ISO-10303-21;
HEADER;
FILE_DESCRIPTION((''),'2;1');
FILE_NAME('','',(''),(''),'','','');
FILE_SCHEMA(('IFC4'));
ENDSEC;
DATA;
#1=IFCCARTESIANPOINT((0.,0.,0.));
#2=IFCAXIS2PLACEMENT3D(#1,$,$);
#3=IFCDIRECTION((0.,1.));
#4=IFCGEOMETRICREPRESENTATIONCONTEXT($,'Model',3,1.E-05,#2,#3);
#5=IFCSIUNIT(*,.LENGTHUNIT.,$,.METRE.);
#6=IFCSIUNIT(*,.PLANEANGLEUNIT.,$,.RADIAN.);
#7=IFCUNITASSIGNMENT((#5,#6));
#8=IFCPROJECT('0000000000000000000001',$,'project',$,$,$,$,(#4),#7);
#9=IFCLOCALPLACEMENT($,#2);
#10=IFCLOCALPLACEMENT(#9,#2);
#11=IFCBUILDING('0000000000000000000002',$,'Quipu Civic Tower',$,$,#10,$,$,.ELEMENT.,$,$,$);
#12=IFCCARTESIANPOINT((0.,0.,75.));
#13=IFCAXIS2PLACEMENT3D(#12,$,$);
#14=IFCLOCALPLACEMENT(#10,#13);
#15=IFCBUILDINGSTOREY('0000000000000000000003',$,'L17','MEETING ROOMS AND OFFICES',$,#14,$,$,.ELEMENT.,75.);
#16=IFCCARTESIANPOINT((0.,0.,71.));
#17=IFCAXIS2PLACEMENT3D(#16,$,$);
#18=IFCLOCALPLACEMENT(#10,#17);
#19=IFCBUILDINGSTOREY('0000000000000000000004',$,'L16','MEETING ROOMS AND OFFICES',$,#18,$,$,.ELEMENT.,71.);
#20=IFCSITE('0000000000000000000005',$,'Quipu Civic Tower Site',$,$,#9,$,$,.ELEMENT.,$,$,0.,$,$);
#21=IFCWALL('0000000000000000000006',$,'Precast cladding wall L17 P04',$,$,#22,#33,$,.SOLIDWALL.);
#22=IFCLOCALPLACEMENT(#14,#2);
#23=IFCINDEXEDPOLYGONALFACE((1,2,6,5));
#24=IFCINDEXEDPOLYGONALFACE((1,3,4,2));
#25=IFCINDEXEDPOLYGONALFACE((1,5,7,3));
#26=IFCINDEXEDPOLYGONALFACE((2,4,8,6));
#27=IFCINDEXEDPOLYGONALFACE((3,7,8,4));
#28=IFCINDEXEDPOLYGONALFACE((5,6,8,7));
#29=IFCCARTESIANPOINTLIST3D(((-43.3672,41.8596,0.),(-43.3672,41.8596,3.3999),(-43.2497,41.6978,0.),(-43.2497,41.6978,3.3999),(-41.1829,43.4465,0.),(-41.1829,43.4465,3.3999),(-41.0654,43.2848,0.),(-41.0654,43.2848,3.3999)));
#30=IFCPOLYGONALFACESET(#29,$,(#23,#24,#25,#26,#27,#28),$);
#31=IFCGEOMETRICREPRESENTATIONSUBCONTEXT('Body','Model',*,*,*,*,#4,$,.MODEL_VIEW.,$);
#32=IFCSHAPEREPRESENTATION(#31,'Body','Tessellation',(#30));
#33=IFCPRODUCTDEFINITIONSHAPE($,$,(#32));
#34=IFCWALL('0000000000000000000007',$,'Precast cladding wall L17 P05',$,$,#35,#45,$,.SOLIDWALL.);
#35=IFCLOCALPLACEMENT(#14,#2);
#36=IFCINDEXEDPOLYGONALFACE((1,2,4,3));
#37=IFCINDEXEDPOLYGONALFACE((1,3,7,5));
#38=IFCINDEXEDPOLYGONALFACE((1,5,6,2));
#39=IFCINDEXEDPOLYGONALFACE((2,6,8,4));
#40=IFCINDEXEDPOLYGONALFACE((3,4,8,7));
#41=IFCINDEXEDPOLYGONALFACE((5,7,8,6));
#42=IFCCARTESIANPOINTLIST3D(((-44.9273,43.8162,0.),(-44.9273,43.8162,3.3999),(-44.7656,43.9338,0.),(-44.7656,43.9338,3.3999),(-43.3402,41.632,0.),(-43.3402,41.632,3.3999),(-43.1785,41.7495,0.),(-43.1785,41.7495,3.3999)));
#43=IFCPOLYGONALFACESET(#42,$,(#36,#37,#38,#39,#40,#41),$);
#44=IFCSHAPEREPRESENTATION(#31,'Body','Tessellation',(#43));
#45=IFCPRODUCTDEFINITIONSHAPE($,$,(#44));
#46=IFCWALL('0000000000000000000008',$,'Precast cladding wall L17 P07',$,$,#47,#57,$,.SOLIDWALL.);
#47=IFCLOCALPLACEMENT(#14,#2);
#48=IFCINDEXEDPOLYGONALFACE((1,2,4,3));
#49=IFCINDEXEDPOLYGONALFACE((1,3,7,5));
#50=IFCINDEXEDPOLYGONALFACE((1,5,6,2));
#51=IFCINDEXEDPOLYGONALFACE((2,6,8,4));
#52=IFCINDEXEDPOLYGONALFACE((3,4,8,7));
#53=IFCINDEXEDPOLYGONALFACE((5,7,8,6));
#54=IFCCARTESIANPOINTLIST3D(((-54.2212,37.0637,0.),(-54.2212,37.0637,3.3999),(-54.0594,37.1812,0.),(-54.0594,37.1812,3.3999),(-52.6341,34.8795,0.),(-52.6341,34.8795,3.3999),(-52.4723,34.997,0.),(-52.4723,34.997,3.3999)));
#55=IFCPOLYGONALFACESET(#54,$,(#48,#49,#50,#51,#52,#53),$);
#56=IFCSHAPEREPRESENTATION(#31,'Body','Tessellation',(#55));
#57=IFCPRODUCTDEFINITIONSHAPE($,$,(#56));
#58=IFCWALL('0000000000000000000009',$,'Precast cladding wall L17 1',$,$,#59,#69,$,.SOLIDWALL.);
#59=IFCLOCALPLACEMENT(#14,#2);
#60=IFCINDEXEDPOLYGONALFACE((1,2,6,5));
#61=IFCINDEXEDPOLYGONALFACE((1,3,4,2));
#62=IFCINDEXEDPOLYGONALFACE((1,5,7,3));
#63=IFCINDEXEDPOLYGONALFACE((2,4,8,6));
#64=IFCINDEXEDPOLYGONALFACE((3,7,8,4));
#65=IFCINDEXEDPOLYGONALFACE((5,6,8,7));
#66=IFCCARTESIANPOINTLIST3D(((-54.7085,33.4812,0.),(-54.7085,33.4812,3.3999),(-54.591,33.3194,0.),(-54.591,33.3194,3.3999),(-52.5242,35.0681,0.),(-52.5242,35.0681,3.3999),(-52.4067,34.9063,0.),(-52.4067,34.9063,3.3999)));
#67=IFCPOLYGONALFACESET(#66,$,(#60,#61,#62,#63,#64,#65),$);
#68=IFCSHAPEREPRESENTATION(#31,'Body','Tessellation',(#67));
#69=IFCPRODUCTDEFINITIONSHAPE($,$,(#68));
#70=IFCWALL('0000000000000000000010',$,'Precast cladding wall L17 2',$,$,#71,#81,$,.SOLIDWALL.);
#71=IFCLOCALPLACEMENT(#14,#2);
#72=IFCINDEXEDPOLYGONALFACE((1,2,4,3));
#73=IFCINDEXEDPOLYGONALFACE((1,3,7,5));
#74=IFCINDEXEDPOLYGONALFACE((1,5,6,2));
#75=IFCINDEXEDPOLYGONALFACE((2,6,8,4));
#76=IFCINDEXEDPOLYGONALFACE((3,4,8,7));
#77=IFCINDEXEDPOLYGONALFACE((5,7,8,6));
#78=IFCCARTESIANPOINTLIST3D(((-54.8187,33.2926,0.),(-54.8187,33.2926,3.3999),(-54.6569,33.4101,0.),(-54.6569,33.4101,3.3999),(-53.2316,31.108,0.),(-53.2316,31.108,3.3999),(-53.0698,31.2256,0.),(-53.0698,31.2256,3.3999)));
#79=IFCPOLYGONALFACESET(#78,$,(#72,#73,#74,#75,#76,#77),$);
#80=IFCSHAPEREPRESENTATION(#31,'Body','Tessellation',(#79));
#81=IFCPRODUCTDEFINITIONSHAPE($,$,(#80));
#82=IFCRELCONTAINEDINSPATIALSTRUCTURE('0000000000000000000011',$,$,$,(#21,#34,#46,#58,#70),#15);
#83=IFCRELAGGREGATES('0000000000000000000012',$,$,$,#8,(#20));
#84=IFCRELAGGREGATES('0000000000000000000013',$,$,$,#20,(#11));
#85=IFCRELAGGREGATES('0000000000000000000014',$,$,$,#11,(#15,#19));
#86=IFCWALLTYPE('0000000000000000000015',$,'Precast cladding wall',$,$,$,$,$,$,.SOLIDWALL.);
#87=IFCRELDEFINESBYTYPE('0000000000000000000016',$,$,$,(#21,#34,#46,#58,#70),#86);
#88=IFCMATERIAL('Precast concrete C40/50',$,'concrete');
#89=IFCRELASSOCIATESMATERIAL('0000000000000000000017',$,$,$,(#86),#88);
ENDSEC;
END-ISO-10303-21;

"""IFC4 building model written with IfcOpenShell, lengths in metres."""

from ifc_helpers import new_model, si_unit, direction, frame, frame_2d, origin, place, context, subcontext, project, spatial, rectangle, extrude, material, type_object, element, save


model = new_model("IFC4")

# Units and contexts
model_context = context("Model", 3, precision=1e-05, world=origin(), true_north=direction((0.0, 1.0)))
body_context = subcontext(model_context, "Body", "Model", "MODEL_VIEW")
ifc_project = project(units=[si_unit("LENGTHUNIT", "METRE"), si_unit("PLANEANGLEUNIT", "RADIAN")], contexts=[model_context])

# Site, building, storey
site_placement = place(None, origin())
site = spatial("IfcSite", under=ifc_project, at=site_placement, Name="Quipu Civic Tower Site", CompositionType="ELEMENT", RefElevation=0.0)
building_placement = place(site_placement, origin())
building = spatial("IfcBuilding", under=site, at=building_placement, Name="Quipu Civic Tower", CompositionType="ELEMENT")
storey_1_placement = place(building_placement, frame((0.0, 0.0, 75.0)))
storey_1 = spatial("IfcBuildingStorey", under=building, at=storey_1_placement, Name="L17", Description="MEETING ROOMS AND OFFICES", CompositionType="ELEMENT", Elevation=75.0)

# Shared definitions
storey_2_placement = place(building_placement, frame((0.0, 0.0, 71.0)))
storey_2 = spatial("IfcBuildingStorey", under=building, at=storey_2_placement, Name="L16", Description="MEETING ROOMS AND OFFICES", CompositionType="ELEMENT", Elevation=71.0)

# Walls
ifc_material_1 = material(Name="Precast concrete C40/50", Category="concrete")
wall_type_1 = type_object("IfcWallType", Name="Precast cladding wall", PredefinedType="SOLIDWALL", material=ifc_material_1)
for number, where, z_axis, x_axis, name in (
    (1, (-41.124, 43.3657, 0.0), (0.0, 0.0, 1.0), (-0.809033, -0.587763, 0.0), "Precast cladding wall L17 P04"),
    (2, (-43.2593, 41.6907, 0.0), (0.0, 0.0, 1.0), (-0.587822, 0.80899, 0.0), "Precast cladding wall L17 P05"),
    (3, (-54.1404, 37.1226, 0.0), (0.0, 0.0, 1.0), (0.587822, -0.80899, 0.0), "Precast cladding wall L17 P07"),
    (4, (-52.4653, 34.9873, 0.0), (0.0, 0.0, 1.0), (-0.809033, -0.587763, 0.0), "Precast cladding wall L17 1"),
):
    element("IfcWall", number, at=place(storey_1_placement, frame(where, z_axis=z_axis, x_axis=x_axis)), inside=storey_1, type_object=wall_type_1, Name=name, PredefinedType="SOLIDWALL", context=body_context, shape_type="SweptSolid", body=[
        extrude(rectangle(XDim=2.7, YDim=0.2, at=frame_2d((1.3501, 0.0))), origin(), (0.0, 0.0, 1.0), 3.3999),
    ])
wall_1_placement = place(storey_1_placement, frame((-54.7378, 33.3513, 0.0), z_axis=(0.0, 0.0, 1.0), x_axis=(0.587779, -0.809021, 0.0)))
element("IfcWall", 5, at=wall_1_placement, inside=storey_1, type_object=wall_type_1, Name="Precast cladding wall L17 2", PredefinedType="SOLIDWALL", context=body_context, shape_type="SweptSolid", body=[
    extrude(rectangle(XDim=2.7002, YDim=0.2, at=frame_2d((1.3501, 0.0))), origin(), (0.0, 0.0, 1.0), 3.3999),
])

save(model, "model.ifc")
